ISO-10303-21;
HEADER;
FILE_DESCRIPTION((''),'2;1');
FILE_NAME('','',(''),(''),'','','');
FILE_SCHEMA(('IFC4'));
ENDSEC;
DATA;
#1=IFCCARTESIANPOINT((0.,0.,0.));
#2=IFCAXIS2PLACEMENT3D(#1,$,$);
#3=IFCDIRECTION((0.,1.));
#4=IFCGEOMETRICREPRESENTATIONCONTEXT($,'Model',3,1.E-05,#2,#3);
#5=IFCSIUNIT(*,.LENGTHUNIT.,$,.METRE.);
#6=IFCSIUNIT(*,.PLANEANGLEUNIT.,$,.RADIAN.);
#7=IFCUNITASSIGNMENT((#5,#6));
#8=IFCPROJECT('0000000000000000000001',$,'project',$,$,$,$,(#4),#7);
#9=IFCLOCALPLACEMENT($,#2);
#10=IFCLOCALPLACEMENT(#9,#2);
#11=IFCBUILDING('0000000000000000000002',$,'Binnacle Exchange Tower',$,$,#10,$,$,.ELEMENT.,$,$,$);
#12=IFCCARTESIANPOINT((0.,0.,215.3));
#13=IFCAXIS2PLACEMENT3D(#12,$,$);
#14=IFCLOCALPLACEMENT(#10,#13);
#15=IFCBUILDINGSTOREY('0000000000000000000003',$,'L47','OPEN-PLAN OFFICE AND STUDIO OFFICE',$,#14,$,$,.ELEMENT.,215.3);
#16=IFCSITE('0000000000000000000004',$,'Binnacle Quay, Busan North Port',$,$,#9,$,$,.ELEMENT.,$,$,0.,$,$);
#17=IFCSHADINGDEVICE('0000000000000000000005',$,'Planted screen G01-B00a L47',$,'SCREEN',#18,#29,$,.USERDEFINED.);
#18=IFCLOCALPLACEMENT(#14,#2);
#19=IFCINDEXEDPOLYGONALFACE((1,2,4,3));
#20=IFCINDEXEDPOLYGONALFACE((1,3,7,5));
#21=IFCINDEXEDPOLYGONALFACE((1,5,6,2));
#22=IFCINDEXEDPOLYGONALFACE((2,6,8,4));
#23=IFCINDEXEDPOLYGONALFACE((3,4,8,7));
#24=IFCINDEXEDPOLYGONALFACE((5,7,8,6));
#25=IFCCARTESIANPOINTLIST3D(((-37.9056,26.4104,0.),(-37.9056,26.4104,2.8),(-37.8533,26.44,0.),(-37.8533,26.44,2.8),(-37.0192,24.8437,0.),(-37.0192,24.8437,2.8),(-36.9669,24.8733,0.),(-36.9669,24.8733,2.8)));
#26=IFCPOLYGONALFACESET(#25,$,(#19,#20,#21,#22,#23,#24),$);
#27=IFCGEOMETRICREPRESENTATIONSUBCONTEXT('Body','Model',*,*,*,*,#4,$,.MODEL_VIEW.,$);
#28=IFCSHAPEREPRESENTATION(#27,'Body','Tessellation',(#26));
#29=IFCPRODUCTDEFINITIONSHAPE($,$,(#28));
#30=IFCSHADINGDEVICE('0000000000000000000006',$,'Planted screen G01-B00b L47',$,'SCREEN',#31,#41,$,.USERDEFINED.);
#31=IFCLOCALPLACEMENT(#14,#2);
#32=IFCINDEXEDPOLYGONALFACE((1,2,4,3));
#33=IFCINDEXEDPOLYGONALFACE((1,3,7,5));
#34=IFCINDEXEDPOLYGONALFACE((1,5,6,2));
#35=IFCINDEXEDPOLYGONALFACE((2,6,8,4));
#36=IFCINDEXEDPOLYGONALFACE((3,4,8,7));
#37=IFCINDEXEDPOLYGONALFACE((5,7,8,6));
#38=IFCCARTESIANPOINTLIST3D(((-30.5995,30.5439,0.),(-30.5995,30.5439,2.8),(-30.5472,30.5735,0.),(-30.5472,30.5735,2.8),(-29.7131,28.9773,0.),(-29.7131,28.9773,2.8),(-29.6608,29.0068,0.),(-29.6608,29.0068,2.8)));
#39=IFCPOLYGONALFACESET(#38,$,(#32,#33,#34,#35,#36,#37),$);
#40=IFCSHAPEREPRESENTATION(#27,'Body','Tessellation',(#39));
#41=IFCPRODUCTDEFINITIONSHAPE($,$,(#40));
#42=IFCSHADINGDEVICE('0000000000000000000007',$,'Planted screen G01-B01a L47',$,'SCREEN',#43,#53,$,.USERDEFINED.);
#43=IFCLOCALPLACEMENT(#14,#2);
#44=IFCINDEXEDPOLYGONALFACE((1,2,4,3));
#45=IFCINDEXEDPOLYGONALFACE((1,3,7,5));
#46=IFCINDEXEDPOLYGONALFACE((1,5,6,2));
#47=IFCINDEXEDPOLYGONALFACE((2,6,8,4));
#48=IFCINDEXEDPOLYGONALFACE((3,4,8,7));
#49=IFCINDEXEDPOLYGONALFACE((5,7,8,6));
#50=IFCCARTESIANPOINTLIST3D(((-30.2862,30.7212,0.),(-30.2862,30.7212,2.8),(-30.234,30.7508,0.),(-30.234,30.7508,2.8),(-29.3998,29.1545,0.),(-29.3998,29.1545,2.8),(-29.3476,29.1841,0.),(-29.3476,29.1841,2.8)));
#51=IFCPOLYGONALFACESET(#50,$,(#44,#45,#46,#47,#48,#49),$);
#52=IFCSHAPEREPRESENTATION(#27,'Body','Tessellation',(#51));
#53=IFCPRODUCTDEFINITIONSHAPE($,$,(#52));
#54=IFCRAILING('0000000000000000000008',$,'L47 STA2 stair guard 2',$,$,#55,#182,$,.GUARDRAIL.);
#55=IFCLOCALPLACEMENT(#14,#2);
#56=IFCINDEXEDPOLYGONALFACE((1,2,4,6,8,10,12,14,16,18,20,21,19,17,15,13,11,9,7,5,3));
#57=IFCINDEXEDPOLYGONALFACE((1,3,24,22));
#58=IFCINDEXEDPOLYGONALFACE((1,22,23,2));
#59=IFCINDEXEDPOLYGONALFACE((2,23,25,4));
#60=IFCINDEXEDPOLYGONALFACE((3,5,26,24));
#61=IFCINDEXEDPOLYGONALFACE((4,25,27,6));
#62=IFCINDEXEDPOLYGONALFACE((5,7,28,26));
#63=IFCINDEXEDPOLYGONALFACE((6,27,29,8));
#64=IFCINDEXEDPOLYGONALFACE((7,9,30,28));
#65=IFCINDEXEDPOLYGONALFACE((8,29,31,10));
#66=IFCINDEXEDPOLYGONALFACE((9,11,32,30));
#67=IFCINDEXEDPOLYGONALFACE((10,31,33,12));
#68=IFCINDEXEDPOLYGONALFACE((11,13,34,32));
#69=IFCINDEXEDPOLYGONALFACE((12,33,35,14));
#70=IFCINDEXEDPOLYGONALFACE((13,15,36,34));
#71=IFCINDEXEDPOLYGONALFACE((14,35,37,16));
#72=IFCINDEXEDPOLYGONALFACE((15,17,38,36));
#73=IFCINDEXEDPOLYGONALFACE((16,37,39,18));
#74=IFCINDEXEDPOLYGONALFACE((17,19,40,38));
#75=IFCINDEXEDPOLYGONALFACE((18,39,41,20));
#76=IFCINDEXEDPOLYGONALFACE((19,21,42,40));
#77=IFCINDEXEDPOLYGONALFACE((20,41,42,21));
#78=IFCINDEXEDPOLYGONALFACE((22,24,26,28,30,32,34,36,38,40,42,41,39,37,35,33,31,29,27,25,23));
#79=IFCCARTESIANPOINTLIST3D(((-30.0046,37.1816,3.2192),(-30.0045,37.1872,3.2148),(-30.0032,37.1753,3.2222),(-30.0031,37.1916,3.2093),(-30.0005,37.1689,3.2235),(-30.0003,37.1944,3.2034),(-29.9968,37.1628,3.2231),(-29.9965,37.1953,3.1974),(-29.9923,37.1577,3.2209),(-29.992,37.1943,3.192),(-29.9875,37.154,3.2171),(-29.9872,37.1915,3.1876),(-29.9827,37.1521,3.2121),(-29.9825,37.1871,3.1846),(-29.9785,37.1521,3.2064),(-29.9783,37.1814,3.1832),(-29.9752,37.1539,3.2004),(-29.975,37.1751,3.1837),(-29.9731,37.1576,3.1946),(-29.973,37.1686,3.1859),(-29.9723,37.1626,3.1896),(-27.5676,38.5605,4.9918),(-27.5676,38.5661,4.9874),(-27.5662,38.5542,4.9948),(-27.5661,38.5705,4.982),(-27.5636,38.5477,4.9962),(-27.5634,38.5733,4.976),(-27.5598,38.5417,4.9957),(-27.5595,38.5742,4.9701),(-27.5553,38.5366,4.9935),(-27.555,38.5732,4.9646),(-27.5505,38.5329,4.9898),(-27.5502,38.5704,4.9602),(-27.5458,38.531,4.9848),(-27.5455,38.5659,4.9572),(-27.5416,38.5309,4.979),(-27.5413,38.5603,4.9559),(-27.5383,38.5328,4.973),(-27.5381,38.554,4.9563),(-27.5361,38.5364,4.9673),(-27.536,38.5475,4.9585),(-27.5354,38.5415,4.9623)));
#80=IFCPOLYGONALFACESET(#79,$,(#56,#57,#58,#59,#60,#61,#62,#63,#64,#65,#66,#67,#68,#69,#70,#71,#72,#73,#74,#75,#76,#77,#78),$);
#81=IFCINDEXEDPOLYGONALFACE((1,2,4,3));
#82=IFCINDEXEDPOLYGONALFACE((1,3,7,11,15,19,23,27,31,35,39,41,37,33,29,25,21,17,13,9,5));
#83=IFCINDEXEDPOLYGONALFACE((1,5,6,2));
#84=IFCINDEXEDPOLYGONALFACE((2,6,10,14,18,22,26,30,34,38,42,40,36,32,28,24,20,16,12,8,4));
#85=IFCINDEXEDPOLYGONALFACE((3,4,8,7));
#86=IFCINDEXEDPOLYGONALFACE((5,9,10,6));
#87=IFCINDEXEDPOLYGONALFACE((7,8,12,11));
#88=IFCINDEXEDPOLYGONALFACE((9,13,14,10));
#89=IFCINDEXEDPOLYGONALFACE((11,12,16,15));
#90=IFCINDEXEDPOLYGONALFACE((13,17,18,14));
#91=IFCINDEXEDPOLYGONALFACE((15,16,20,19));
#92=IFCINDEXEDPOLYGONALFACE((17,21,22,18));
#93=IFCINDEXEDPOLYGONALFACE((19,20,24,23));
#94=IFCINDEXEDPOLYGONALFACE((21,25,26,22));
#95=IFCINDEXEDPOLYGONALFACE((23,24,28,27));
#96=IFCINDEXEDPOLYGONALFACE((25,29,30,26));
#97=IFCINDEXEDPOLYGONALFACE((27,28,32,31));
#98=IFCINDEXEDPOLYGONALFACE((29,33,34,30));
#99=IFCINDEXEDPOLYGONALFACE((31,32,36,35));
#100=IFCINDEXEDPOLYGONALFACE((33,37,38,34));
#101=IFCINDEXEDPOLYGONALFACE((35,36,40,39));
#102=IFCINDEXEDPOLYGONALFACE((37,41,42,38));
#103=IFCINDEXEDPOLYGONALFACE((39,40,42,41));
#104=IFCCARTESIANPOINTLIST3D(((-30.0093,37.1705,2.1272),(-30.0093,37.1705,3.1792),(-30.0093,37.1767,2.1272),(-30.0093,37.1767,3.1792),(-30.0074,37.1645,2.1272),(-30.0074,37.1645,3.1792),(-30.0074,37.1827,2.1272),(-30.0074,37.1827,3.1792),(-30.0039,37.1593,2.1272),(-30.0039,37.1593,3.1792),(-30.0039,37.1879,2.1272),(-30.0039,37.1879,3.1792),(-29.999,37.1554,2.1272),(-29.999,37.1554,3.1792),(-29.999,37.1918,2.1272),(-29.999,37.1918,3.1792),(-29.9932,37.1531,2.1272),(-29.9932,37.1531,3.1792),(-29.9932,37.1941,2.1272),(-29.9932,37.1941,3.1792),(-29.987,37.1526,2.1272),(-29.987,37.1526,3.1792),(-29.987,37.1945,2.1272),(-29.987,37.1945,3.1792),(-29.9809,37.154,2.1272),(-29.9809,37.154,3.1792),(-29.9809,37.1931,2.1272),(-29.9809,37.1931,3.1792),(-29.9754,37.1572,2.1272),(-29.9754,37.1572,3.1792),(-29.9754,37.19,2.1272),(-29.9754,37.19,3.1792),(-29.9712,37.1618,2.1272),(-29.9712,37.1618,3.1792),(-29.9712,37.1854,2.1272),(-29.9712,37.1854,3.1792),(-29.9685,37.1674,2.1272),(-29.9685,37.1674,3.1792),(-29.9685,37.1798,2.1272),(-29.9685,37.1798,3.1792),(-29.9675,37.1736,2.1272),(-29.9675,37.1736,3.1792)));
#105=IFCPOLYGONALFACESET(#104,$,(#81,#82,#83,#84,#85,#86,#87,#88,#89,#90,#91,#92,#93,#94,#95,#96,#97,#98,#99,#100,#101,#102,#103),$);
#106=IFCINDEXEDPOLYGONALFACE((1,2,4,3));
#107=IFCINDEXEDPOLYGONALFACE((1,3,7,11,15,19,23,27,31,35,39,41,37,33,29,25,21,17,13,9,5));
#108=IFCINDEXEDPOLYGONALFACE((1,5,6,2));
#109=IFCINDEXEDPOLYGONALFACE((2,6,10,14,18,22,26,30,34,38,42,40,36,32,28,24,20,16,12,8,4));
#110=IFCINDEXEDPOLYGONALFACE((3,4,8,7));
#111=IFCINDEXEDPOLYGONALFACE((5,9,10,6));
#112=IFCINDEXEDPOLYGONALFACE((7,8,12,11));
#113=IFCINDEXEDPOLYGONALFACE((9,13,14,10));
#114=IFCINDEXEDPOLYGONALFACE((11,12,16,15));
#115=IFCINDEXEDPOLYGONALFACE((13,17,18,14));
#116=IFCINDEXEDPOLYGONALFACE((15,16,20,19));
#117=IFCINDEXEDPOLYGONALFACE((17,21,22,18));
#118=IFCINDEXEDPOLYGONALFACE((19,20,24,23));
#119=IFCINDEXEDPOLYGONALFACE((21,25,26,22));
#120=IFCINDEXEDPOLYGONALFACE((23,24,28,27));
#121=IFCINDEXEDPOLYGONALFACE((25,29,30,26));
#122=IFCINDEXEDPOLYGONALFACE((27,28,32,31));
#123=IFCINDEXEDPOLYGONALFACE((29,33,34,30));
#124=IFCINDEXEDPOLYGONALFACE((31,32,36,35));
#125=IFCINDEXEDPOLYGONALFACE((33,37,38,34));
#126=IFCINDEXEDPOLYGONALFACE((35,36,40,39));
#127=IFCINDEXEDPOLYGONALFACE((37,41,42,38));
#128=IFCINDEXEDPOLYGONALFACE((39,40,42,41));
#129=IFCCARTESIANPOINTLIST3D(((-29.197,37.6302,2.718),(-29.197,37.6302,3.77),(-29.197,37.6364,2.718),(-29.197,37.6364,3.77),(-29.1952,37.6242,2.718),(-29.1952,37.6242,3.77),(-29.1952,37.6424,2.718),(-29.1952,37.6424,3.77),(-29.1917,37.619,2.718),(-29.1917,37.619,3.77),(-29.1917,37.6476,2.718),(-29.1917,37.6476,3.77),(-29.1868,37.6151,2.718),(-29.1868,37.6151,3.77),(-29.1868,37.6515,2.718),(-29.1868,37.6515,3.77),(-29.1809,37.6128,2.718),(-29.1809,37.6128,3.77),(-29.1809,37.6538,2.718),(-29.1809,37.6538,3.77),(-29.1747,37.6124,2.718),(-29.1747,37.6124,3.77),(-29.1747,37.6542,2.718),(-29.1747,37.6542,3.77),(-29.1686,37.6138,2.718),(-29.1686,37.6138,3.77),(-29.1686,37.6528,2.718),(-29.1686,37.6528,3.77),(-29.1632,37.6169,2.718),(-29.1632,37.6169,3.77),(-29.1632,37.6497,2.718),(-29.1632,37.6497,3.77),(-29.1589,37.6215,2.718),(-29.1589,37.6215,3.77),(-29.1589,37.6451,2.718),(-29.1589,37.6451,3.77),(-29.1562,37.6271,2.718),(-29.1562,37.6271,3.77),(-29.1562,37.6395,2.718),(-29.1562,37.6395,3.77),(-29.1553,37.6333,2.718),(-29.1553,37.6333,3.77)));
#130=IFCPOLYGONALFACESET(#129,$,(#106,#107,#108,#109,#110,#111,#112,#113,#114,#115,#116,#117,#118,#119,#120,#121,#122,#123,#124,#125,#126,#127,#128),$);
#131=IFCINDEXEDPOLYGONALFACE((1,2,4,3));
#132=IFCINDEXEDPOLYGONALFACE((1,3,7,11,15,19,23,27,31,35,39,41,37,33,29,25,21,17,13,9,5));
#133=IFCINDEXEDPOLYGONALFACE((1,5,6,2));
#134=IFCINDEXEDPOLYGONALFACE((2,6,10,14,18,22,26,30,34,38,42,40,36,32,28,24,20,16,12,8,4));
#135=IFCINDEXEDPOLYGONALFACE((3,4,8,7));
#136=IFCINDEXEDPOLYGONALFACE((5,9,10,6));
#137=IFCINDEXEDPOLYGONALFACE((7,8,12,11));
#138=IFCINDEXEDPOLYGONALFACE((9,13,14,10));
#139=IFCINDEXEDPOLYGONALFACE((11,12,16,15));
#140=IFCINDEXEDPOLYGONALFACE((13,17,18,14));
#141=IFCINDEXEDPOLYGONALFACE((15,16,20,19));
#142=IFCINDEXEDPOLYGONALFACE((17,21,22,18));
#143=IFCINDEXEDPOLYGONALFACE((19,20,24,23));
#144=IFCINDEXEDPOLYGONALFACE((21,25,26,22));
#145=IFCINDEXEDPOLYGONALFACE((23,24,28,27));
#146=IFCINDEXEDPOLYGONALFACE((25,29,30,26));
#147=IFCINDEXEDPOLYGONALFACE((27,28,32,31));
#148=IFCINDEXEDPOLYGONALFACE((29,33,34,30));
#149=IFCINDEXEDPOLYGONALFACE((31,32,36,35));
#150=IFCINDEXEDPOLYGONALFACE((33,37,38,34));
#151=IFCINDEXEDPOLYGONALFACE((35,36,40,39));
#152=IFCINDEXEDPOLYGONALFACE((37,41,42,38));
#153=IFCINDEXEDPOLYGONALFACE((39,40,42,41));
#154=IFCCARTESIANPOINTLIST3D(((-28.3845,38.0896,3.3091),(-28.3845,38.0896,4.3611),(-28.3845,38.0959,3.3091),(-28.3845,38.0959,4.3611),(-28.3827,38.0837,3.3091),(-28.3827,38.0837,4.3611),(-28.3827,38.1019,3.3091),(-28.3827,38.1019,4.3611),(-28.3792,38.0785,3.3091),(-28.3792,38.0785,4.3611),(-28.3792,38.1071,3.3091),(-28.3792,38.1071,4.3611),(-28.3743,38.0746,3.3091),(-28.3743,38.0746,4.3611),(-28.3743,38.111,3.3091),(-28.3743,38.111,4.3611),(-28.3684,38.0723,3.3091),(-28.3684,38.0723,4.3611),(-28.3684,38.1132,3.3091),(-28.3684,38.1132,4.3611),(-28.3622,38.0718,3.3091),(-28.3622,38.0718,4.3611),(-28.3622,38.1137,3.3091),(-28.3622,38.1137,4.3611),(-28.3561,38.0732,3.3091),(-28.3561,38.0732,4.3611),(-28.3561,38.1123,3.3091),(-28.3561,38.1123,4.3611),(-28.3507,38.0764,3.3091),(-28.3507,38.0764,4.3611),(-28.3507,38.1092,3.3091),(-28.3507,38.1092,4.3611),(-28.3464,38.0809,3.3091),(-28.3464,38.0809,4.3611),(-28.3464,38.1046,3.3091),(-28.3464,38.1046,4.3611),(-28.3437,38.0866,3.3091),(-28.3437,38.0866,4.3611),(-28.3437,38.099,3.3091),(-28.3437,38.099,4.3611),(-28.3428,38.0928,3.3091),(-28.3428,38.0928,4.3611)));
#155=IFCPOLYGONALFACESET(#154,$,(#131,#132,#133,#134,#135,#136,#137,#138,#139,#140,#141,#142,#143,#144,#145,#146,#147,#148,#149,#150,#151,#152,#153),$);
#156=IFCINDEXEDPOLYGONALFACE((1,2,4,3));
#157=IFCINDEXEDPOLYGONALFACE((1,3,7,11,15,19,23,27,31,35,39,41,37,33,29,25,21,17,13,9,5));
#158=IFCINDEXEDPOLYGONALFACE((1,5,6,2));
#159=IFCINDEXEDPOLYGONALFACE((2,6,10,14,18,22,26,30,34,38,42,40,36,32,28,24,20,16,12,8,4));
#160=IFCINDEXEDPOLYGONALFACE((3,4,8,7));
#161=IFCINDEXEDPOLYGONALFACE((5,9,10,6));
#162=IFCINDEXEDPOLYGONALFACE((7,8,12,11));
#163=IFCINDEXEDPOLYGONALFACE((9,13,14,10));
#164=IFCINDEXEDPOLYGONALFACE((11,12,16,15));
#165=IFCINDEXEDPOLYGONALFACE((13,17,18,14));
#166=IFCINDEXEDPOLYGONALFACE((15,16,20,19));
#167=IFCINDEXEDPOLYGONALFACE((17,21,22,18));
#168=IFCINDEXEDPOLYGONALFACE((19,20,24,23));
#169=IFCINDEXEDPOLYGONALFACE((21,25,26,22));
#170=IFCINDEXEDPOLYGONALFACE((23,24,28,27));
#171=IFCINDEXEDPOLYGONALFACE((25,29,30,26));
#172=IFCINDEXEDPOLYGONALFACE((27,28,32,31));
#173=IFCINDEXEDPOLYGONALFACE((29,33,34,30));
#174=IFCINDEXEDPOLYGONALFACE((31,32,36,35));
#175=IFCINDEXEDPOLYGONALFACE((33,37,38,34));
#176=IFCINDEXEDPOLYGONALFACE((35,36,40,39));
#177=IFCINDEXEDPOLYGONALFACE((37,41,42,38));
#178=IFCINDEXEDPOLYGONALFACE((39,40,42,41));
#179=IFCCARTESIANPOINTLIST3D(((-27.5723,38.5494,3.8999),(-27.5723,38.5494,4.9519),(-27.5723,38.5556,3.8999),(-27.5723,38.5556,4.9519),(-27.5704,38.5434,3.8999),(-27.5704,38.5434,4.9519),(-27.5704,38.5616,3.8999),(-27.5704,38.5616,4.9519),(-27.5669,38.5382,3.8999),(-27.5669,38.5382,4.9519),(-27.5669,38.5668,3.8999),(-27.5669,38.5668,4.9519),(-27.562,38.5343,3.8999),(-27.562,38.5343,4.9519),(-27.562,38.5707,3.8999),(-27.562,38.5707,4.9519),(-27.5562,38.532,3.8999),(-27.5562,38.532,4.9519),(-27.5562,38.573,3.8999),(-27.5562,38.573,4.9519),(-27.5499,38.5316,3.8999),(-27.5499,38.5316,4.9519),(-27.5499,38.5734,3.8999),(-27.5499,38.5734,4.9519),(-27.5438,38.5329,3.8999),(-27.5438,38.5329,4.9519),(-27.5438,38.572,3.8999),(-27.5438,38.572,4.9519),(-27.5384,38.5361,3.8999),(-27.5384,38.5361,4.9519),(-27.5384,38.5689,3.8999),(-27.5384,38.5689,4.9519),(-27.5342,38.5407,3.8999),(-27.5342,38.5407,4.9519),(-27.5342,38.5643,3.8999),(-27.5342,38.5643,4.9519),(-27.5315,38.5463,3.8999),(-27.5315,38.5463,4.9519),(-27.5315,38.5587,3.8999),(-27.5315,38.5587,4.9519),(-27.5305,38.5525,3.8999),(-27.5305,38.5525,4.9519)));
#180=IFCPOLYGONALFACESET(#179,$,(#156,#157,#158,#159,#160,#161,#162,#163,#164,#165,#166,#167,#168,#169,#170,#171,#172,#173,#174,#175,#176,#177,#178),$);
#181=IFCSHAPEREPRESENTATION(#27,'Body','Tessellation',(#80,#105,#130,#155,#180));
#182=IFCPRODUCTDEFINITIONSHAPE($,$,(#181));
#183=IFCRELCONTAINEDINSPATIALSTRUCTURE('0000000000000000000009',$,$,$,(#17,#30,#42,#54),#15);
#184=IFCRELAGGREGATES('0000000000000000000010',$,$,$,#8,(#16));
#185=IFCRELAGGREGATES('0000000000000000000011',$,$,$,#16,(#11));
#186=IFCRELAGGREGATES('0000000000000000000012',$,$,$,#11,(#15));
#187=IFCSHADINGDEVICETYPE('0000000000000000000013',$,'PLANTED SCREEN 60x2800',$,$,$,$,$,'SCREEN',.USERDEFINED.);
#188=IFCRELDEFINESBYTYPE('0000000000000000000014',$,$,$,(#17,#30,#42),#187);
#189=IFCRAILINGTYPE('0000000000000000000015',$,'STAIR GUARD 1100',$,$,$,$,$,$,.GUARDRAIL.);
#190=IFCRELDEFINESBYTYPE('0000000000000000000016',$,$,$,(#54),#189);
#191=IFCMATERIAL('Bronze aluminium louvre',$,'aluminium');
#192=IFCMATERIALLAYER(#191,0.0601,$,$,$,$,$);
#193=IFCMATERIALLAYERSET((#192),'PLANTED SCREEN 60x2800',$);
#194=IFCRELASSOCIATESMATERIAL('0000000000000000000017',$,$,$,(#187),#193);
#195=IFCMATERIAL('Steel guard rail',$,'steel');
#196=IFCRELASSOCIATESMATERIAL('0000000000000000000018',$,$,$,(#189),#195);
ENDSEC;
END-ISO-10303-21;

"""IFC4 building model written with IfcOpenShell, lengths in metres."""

from ifc_helpers import new_model, si_unit, direction, frame, origin, origin_2d, place, context, subcontext, project, spatial, rectangle, circle, extrude, material, layer, layer_set, type_object, element, save


model = new_model("IFC4")

# Units and contexts
model_context = context("Model", 3, precision=1e-05, world=origin(), true_north=direction((0.0, 1.0)))
body_context = subcontext(model_context, "Body", "Model", "MODEL_VIEW")
ifc_project = project(units=[si_unit("LENGTHUNIT", "METRE"), si_unit("PLANEANGLEUNIT", "RADIAN")], contexts=[model_context])

# Site, building, storey
site_placement = place(None, origin())
site = spatial("IfcSite", under=ifc_project, at=site_placement, Name="Binnacle Quay, Busan North Port", CompositionType="ELEMENT", RefElevation=0.0)
building_placement = place(site_placement, origin())
building = spatial("IfcBuilding", under=site, at=building_placement, Name="Binnacle Exchange Tower", CompositionType="ELEMENT")
storey_placement = place(building_placement, frame((0.0, 0.0, 215.3)))
storey = spatial("IfcBuildingStorey", under=building, at=storey_placement, Name="L47", Description="OPEN-PLAN OFFICE AND STUDIO OFFICE", CompositionType="ELEMENT", Elevation=215.3)

# Shading devices
ifc_material_1 = material(Name="Bronze aluminium louvre", Category="aluminium")
ifc_layer_1 = layer(ifc_material_1, 0.0601)
ifc_layer_set_1 = layer_set([ifc_layer_1], Name="PLANTED SCREEN 60x2800")
shading_device_type = type_object("IfcShadingDeviceType", Name="PLANTED SCREEN 60x2800", ElementType="SCREEN", PredefinedType="USERDEFINED", material=ifc_layer_set_1)
for number, where, z_axis, x_axis, name in (
    (1, (-37.4363, 25.6418, 0.0), (0.0, 0.0, 1.0), (0.870356, 0.492424, 0.0), "Planted screen G01-B00a L47"),
    (2, (-30.1301, 29.7754, 0.0), (0.0, 0.0, 1.0), (0.870356, 0.492424, 0.0), "Planted screen G01-B00b L47"),
    (3, (-29.8169, 29.9526, 0.0), (0.0, 0.0, 1.0), (0.870356, 0.492424, 0.0), "Planted screen G01-B01a L47"),
):
    element("IfcShadingDevice", number, at=place(storey_placement, frame(where, z_axis=z_axis, x_axis=x_axis)), inside=storey, type_object=shading_device_type, Name=name, ObjectType="SCREEN", PredefinedType="USERDEFINED", context=body_context, shape_type="SweptSolid", body=[
        extrude(rectangle(XDim=0.0601, YDim=1.8, at=origin_2d()), origin(), (0.0, 0.0, 1.0), 2.8),
    ])

# Railing
ifc_material_2 = material(Name="Steel guard rail", Category="steel")
railing_type_1 = type_object("IfcRailingType", Name="STAIR GUARD 1100", PredefinedType="GUARDRAIL", material=ifc_material_2)
railing_1_placement = place(storey_placement, frame((-29.9885, 37.1736, 2.1272)))
element("IfcRailing", 4, at=railing_1_placement, inside=storey, type_object=railing_type_1, Name="L47 STA2 stair guard 2", PredefinedType="GUARDRAIL", context=body_context, shape_type="SweptSolid", body=[
    extrude(circle(Radius=0.0239, at=origin_2d()), frame((0.0, 0.0, 1.0762), z_axis=(0.735359, 0.41608, 0.534907), x_axis=(-0.492454, 0.870339, 0.0)), (0.0, 0.0, 1.0), 3.314),
    extrude(circle(Radius=0.021, at=origin_2d()), origin(), (0.0, 0.0, 1.0), 1.052),
    extrude(circle(Radius=0.021, at=origin_2d()), frame((0.8123, 0.4597, 0.5908)), (0.0, 0.0, 1.0), 1.052),
    extrude(circle(Radius=0.021, at=origin_2d()), frame((1.6248, 0.9192, 1.1819)), (0.0, 0.0, 1.0), 1.052),
    extrude(circle(Radius=0.021, at=origin_2d()), frame((2.437, 1.3789, 1.7727)), (0.0, 0.0, 1.0), 1.052),
])

save(model, "model.ifc")
